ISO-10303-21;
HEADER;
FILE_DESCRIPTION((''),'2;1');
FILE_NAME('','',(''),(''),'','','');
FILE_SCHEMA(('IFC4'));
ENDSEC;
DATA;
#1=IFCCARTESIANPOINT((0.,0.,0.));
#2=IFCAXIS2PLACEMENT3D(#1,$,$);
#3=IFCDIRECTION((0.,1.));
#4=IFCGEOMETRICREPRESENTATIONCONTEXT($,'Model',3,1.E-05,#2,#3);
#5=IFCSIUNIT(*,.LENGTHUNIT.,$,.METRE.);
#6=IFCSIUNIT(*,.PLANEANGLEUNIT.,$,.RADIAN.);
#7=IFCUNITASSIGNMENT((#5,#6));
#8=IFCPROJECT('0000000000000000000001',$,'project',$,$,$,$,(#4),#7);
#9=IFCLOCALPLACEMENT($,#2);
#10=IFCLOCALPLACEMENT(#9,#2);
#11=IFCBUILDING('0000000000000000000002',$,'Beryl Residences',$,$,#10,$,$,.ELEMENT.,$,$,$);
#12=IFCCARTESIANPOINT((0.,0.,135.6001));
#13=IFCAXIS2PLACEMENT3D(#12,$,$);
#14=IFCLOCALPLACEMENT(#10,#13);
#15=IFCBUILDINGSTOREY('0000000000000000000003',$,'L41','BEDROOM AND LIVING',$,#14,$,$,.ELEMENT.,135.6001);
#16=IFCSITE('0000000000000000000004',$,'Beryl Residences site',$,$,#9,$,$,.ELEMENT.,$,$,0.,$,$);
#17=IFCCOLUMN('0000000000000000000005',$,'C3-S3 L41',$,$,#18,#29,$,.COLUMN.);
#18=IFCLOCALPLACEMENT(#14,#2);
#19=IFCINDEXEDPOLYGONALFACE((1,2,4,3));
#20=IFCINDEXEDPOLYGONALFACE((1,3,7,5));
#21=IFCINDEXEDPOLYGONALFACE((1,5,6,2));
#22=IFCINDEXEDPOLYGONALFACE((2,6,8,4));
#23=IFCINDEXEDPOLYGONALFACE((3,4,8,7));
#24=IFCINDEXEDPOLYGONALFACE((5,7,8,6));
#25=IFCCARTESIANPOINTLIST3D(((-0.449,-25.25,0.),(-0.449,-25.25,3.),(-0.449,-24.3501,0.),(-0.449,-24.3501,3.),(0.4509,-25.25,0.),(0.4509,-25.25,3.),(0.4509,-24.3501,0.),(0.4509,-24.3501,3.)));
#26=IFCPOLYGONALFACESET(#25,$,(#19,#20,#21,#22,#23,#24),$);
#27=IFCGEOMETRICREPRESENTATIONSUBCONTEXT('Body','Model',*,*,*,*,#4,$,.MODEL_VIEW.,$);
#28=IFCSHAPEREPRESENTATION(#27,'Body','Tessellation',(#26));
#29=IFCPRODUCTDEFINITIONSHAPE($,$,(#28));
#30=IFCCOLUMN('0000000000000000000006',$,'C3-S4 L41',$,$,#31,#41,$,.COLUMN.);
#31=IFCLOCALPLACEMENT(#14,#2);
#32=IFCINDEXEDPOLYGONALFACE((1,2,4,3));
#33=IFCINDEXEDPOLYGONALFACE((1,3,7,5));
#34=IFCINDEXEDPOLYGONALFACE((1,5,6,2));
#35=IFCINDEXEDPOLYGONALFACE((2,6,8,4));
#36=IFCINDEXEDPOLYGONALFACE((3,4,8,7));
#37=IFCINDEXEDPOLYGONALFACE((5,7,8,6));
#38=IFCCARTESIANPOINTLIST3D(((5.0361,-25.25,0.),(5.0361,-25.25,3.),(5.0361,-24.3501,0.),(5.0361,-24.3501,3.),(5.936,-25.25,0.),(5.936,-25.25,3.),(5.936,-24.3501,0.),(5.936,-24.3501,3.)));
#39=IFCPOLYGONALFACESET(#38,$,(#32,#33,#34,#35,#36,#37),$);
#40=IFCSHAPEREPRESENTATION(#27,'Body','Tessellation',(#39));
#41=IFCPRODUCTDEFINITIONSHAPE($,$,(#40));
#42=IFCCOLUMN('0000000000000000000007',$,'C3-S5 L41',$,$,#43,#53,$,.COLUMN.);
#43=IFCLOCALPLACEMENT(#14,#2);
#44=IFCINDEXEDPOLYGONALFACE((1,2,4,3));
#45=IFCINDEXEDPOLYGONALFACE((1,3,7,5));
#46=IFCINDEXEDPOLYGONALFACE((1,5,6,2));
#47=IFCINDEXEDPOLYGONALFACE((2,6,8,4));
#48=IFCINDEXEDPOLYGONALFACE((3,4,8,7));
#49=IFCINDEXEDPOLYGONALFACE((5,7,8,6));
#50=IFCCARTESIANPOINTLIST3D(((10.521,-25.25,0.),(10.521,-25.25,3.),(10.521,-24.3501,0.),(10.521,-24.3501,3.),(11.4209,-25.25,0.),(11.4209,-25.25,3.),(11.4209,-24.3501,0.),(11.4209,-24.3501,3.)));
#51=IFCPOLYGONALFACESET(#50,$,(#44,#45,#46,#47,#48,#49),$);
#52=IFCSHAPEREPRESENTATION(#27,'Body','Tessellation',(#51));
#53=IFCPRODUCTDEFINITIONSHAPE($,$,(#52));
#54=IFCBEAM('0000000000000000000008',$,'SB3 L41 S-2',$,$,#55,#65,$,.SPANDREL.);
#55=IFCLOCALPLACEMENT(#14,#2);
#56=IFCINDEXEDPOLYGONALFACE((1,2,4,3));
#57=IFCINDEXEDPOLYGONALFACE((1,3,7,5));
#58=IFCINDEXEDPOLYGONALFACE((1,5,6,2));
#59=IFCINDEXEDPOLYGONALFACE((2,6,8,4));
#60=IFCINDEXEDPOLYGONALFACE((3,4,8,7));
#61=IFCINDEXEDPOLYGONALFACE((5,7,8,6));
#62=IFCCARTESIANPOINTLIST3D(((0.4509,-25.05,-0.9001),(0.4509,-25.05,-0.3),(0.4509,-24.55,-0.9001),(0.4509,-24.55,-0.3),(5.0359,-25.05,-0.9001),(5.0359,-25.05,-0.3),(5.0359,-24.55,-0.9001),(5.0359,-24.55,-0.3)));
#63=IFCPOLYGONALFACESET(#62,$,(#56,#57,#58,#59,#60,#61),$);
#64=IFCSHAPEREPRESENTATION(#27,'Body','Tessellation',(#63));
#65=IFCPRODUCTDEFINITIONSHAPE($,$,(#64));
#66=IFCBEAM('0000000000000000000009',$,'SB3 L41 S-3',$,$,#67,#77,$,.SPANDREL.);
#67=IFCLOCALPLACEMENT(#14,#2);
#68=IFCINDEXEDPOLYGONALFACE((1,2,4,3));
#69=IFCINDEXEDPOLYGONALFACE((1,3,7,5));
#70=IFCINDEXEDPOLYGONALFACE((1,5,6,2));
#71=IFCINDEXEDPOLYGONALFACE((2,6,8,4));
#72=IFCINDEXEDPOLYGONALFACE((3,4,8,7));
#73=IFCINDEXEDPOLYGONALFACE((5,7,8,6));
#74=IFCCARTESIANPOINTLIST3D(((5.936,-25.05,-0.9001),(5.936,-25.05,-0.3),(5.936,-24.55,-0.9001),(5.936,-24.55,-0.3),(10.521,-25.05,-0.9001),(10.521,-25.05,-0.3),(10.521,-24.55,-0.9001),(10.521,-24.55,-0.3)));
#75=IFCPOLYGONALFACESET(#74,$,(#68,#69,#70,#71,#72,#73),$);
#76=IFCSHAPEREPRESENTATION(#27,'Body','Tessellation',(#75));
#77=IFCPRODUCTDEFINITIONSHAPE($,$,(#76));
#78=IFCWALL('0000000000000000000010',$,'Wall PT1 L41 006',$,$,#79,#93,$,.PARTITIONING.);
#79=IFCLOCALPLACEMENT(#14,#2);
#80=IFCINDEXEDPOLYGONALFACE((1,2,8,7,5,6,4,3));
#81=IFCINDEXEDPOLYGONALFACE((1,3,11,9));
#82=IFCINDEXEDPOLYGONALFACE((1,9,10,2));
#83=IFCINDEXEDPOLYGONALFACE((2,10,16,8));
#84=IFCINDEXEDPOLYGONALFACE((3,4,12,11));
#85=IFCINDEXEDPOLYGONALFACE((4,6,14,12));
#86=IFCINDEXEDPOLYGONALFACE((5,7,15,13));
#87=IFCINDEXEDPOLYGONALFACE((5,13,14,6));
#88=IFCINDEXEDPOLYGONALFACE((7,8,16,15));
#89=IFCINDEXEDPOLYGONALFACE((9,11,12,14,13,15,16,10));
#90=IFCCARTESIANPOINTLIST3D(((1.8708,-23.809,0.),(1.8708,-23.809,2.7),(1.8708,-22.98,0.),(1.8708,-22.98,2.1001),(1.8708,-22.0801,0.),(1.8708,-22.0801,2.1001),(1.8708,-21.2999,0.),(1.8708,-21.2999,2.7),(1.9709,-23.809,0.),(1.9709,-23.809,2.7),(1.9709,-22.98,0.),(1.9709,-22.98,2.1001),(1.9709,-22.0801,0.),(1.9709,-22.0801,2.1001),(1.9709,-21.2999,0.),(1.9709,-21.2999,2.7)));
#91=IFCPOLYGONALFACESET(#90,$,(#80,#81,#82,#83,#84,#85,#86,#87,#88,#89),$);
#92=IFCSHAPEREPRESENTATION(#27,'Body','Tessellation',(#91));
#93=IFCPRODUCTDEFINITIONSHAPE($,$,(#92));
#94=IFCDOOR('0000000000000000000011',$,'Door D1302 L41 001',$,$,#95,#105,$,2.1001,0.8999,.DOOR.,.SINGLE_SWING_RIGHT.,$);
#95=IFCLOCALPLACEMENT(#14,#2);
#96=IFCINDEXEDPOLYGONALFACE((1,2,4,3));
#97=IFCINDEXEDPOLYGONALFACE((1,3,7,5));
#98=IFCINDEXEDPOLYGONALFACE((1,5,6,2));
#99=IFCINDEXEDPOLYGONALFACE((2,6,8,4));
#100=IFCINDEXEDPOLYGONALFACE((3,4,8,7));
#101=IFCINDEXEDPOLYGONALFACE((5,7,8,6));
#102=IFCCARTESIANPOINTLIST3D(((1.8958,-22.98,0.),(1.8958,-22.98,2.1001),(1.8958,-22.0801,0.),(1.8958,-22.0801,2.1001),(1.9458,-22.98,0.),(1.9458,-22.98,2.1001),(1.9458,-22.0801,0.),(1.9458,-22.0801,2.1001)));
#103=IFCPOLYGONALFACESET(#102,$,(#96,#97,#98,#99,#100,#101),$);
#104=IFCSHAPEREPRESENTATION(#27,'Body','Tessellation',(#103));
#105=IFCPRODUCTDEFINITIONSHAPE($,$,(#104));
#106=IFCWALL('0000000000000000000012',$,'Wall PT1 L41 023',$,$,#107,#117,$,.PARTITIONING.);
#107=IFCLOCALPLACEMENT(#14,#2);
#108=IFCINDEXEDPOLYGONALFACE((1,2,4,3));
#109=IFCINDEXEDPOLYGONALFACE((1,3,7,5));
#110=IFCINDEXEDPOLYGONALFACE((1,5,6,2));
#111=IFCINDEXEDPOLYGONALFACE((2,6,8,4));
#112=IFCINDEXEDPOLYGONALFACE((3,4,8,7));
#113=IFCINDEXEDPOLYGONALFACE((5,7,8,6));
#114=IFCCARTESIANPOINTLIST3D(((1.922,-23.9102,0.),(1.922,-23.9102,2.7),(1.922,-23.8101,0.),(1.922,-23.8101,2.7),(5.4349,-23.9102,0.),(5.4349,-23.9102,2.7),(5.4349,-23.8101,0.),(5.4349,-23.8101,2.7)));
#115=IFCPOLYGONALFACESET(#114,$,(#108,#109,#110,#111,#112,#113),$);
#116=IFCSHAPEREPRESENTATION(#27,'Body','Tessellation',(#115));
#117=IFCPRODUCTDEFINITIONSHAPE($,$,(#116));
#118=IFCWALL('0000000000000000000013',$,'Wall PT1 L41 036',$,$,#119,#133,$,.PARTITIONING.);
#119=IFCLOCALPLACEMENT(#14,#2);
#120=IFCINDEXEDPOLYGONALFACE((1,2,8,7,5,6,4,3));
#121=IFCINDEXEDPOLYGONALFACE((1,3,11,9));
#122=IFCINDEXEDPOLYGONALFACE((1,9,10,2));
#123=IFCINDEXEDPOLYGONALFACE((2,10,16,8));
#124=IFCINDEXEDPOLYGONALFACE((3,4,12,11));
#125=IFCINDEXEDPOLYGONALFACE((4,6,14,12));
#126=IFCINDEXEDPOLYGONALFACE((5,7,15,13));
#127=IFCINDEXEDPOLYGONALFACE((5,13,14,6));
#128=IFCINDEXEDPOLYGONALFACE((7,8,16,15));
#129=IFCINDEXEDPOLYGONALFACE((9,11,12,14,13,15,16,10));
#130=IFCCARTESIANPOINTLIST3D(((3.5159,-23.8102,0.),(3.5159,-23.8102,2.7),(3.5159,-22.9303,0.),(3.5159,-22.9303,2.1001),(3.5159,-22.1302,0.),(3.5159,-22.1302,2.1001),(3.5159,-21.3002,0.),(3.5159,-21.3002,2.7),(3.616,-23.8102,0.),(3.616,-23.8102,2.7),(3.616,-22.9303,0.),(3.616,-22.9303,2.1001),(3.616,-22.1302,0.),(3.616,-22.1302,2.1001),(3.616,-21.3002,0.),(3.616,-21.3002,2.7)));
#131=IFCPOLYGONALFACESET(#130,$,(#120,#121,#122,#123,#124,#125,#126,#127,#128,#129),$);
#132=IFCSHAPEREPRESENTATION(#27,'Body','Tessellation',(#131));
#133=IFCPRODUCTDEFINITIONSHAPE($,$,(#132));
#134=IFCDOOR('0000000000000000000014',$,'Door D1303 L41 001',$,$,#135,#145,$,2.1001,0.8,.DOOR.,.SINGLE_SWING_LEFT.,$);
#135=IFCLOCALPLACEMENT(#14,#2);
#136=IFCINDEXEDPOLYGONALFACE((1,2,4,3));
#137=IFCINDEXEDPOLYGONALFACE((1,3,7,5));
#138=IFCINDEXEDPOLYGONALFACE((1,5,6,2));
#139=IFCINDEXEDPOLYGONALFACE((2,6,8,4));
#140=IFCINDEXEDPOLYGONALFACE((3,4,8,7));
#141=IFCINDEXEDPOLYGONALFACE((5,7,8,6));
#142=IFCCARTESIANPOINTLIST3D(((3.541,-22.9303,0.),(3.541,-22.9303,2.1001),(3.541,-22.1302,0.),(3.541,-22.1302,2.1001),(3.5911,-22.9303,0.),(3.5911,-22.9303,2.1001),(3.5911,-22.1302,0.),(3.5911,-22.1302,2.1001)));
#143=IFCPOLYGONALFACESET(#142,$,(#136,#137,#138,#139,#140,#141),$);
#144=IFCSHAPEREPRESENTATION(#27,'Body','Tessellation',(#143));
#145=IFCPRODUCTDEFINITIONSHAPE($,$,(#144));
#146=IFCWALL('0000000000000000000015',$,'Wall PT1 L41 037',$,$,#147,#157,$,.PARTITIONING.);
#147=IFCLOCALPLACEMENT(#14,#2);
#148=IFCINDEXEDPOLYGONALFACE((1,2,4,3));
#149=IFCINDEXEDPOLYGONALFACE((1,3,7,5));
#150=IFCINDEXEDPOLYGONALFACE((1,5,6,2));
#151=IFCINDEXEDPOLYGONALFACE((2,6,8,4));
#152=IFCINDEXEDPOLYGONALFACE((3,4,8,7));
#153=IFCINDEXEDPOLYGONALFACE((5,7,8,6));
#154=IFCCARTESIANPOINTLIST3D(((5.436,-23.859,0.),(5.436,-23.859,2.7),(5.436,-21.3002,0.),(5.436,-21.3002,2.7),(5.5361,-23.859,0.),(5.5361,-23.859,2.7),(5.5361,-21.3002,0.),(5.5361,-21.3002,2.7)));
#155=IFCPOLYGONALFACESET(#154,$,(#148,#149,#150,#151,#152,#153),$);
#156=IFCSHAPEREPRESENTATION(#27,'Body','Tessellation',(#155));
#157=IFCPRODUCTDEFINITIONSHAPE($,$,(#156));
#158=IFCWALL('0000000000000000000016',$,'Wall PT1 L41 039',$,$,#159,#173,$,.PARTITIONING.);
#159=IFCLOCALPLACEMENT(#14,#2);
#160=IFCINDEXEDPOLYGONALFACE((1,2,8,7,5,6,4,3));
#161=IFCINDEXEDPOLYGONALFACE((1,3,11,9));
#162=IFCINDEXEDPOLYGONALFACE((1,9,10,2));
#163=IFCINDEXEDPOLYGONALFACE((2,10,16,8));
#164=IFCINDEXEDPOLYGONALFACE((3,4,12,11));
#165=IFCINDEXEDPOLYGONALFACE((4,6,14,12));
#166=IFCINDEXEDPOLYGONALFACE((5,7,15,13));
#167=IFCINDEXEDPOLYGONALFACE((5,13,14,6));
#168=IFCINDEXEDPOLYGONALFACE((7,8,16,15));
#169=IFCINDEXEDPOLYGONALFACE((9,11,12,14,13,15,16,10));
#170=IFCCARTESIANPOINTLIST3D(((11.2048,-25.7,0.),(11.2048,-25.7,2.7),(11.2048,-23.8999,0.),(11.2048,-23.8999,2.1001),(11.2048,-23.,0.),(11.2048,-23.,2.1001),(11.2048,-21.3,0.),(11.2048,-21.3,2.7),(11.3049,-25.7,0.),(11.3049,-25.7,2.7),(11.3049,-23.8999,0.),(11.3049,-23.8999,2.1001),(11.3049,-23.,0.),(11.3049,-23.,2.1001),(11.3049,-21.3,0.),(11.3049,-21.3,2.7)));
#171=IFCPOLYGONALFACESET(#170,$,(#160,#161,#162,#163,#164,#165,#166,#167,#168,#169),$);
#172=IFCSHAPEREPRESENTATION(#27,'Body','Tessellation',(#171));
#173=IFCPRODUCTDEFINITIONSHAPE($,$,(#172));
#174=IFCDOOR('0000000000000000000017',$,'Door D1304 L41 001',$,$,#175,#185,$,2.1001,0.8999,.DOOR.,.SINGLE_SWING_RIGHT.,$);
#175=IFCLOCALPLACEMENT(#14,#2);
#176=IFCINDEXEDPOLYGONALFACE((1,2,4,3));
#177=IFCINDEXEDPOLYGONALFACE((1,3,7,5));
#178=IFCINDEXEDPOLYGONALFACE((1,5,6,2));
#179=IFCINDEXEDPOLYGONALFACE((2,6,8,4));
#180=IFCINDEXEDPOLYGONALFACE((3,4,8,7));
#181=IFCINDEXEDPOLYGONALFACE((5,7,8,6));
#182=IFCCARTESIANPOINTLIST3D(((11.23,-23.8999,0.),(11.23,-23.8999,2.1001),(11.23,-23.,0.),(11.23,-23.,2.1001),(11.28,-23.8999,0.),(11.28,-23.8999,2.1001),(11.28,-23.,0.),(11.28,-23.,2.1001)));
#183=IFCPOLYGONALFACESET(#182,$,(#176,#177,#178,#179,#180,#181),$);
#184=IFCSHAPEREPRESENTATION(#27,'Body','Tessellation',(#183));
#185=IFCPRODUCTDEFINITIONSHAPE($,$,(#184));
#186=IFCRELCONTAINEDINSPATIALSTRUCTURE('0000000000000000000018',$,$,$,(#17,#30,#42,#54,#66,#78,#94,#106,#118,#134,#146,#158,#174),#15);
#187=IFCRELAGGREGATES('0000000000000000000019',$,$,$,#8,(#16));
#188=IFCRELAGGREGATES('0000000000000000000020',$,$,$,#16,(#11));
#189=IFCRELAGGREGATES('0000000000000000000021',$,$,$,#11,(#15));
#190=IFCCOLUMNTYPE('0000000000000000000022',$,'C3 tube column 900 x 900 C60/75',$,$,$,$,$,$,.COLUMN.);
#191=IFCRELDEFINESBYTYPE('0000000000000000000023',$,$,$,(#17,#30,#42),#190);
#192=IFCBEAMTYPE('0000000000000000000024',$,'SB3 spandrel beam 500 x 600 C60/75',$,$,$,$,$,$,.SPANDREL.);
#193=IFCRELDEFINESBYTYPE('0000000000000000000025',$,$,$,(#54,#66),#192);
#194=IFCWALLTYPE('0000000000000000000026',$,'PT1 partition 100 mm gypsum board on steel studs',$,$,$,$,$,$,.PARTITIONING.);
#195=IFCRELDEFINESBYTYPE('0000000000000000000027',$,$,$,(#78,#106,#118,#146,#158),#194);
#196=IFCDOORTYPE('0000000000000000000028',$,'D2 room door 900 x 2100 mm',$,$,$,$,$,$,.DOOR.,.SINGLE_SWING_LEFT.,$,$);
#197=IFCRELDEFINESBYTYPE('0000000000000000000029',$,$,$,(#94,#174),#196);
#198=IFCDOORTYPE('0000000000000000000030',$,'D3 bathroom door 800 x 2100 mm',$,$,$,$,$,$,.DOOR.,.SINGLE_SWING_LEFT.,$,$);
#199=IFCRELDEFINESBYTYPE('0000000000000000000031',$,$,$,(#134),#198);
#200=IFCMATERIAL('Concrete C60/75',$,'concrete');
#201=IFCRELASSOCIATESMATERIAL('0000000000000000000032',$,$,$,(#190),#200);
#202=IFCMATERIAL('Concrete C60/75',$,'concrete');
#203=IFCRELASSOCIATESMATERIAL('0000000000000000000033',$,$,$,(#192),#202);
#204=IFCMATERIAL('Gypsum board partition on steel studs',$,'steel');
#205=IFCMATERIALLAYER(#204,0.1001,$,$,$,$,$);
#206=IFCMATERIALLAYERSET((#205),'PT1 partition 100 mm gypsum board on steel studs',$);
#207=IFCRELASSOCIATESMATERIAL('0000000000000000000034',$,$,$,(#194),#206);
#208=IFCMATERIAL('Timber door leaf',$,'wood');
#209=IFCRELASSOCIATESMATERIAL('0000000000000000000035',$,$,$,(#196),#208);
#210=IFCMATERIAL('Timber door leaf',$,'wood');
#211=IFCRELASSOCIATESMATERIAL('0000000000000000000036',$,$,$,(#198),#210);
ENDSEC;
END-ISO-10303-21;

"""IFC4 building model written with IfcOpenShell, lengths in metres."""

from ifc_helpers import new_model, si_unit, direction, frame, frame_2d, origin, origin_2d, place, context, subcontext, project, spatial, rectangle, extrude, material, layer, layer_set, material_profile, profile_set, type_object, element, fill, save


model = new_model("IFC4")

# Units and contexts
model_context = context("Model", 3, precision=1e-05, world=origin(), true_north=direction((0.0, 1.0)))
body_context = subcontext(model_context, "Body", "Model", "MODEL_VIEW")
ifc_project = project(units=[si_unit("LENGTHUNIT", "METRE"), si_unit("PLANEANGLEUNIT", "RADIAN")], contexts=[model_context])

# Site, building, storey
site_placement = place(None, origin())
site = spatial("IfcSite", under=ifc_project, at=site_placement, Name="Beryl Residences site", CompositionType="ELEMENT", RefElevation=0.0)
building_placement = place(site_placement, origin())
building = spatial("IfcBuilding", under=site, at=building_placement, Name="Beryl Residences", CompositionType="ELEMENT")
storey_placement = place(building_placement, frame((0.0, 0.0, 135.6001)))
storey = spatial("IfcBuildingStorey", under=building, at=storey_placement, Name="L41", Description="BEDROOM AND LIVING", CompositionType="ELEMENT", Elevation=135.6001)

# Columns
ifc_material_1 = material(Name="Concrete C60/75", Category="concrete")
ifc_material_profile_1 = material_profile(ifc_material_1, rectangle(XDim=0.8999, YDim=0.8999, at=origin_2d()))
ifc_profile_set_1 = profile_set([ifc_material_profile_1], Name="Concrete C60/75")
column_type = type_object("IfcColumnType", Name="C3 tube column 900 x 900 C60/75", PredefinedType="COLUMN", material=ifc_profile_set_1)
for number, where, z_axis, x_axis, name in (
    (1, (0.001, -24.8, 0.0), (0.0, 0.0, 1.0), (1.0, 0.0, 0.0), "C3-S3 L41"),
    (2, (5.4861, -24.8, 0.0), (0.0, 0.0, 1.0), (1.0, 0.0, 0.0), "C3-S4 L41"),
    (3, (10.9709, -24.8, 0.0), (0.0, 0.0, 1.0), (1.0, 0.0, 0.0), "C3-S5 L41"),
):
    element("IfcColumn", number, at=place(storey_placement, frame(where, z_axis=z_axis, x_axis=x_axis)), inside=storey, type_object=column_type, Name=name, PredefinedType="COLUMN", context=body_context, shape_type="SweptSolid", body=[
        extrude(rectangle(XDim=0.8999, YDim=0.8999, at=origin_2d()), origin(), (0.0, 0.0, 1.0), 3.0),
    ])

# Beams
ifc_material_2 = material(Name="Concrete C60/75", Category="concrete")
ifc_material_profile_2 = material_profile(ifc_material_2, rectangle(XDim=0.5, YDim=0.6001, at=origin_2d()))
ifc_profile_set_2 = profile_set([ifc_material_profile_2], Name="Concrete C60/75")
beam_type = type_object("IfcBeamType", Name="SB3 spandrel beam 500 x 600 C60/75", PredefinedType="SPANDREL", material=ifc_profile_set_2)
for number, where, z_axis, x_axis, name in (
    (4, (0.4509, -24.8, -0.6001), (1.0, 0.0, 0.0), (0.0, 1.0, 0.0), "SB3 L41 S-2"),
    (5, (5.936, -24.8, -0.6001), (1.0, 0.0, 0.0), (0.0, 1.0, 0.0), "SB3 L41 S-3"),
):
    element("IfcBeam", number, at=place(storey_placement, frame(where, z_axis=z_axis, x_axis=x_axis)), inside=storey, type_object=beam_type, Name=name, PredefinedType="SPANDREL", context=body_context, shape_type="SweptSolid", body=[
        extrude(rectangle(XDim=0.5, YDim=0.6001, at=origin_2d()), origin(), (0.0, 0.0, 1.0), 4.585),
    ])

# Wall, opening, door
ifc_material_3 = material(Name="Gypsum board partition on steel studs", Category="steel")
ifc_layer_1 = layer(ifc_material_3, 0.1001)
ifc_layer_set_1 = layer_set([ifc_layer_1], Name="PT1 partition 100 mm gypsum board on steel studs")
wall_type_1 = type_object("IfcWallType", Name="PT1 partition 100 mm gypsum board on steel studs", PredefinedType="PARTITIONING", material=ifc_layer_set_1)
wall_1_placement = place(storey_placement, frame((1.9209, -21.3, 0.0), z_axis=(0.0, 0.0, 1.0), x_axis=(0.0, -1.0, 0.0)))
wall_1 = element("IfcWall", 6, at=wall_1_placement, inside=storey, type_object=wall_type_1, Name="Wall PT1 L41 006", PredefinedType="PARTITIONING", context=body_context, shape_type="SweptSolid", body=[
    extrude(rectangle(XDim=2.509, YDim=0.1001, at=frame_2d((1.2544, 0.0))), origin(), (0.0, 0.0, 1.0), 2.7),
])
opening_1_placement = place(wall_1_placement, frame((0.78, 0.0, 0.0)))
opening_1 = element("IfcOpeningElement", 7, at=opening_1_placement, cuts=wall_1, PredefinedType="OPENING", context=body_context, shape_type="SweptSolid", body=[
    extrude(rectangle(XDim=0.8999, YDim=2.1001, at=frame_2d((0.45, 1.05))), frame((0.0, 0.0601, 0.0), z_axis=(0.0, -1.0, 0.0), x_axis=(1.0, 0.0, 0.0)), (0.0, 0.0, 1.0), 0.1201),
])
ifc_material_4 = material(Name="Timber door leaf", Category="wood")
door_type_1 = type_object("IfcDoorType", Name="D2 room door 900 x 2100 mm", OperationType="SINGLE_SWING_LEFT", PredefinedType="DOOR", material=ifc_material_4)
door_1_placement = place(opening_1_placement, origin())
door_1 = element("IfcDoor", 8, at=door_1_placement, inside=storey, type_object=door_type_1, Name="Door D1302 L41 001", OperationType="SINGLE_SWING_RIGHT", OverallHeight=2.1001, OverallWidth=0.8999, PredefinedType="DOOR", context=body_context, shape_type="SweptSolid", body=[
    extrude(rectangle(XDim=0.8999, YDim=2.1001, at=frame_2d((0.45, 1.05))), frame((0.0, 0.0249, 0.0), z_axis=(0.0, -1.0, 0.0), x_axis=(1.0, 0.0, 0.0)), (0.0, 0.0, 1.0), 0.05),
])
fill(opening_1, door_1)

# Wall
wall_2_placement = place(storey_placement, frame((1.9221, -23.8601, 0.0), z_axis=(0.0, 0.0, 1.0), x_axis=(1.0, 0.0, 0.0)))
element("IfcWall", 9, at=wall_2_placement, inside=storey, type_object=wall_type_1, Name="Wall PT1 L41 023", PredefinedType="PARTITIONING", context=body_context, shape_type="SweptSolid", body=[
    extrude(rectangle(XDim=3.5129, YDim=0.1001, at=frame_2d((1.7563, 0.0))), origin(), (0.0, 0.0, 1.0), 2.7),
])

# Wall, opening, door
wall_3_placement = place(storey_placement, frame((3.5659, -23.8101, 0.0), z_axis=(0.0, 0.0, 1.0), x_axis=(0.0, 1.0, 0.0)))
wall_3 = element("IfcWall", 10, at=wall_3_placement, inside=storey, type_object=wall_type_1, Name="Wall PT1 L41 036", PredefinedType="PARTITIONING", context=body_context, shape_type="SweptSolid", body=[
    extrude(rectangle(XDim=2.51, YDim=0.1001, at=frame_2d((1.2549, 0.0))), origin(), (0.0, 0.0, 1.0), 2.7),
])
opening_2_placement = place(wall_3_placement, frame((0.8799, 0.0, 0.0)))
opening_2 = element("IfcOpeningElement", 11, at=opening_2_placement, cuts=wall_3, PredefinedType="OPENING", context=body_context, shape_type="SweptSolid", body=[
    extrude(rectangle(XDim=0.8, YDim=2.1001, at=frame_2d((0.3999, 1.05))), frame((0.0, 0.0601, 0.0), z_axis=(0.0, -1.0, 0.0), x_axis=(1.0, 0.0, 0.0)), (0.0, 0.0, 1.0), 0.1201),
])
ifc_material_5 = material(Name="Timber door leaf", Category="wood")
door_type_2 = type_object("IfcDoorType", Name="D3 bathroom door 800 x 2100 mm", OperationType="SINGLE_SWING_LEFT", PredefinedType="DOOR", material=ifc_material_5)
door_2_placement = place(opening_2_placement, origin())
door_2 = element("IfcDoor", 12, at=door_2_placement, inside=storey, type_object=door_type_2, Name="Door D1303 L41 001", OperationType="SINGLE_SWING_LEFT", OverallHeight=2.1001, OverallWidth=0.8, PredefinedType="DOOR", context=body_context, shape_type="SweptSolid", body=[
    extrude(rectangle(XDim=0.8, YDim=2.1001, at=frame_2d((0.3999, 1.05))), frame((0.0, 0.0249, 0.0), z_axis=(0.0, -1.0, 0.0), x_axis=(1.0, 0.0, 0.0)), (0.0, 0.0, 1.0), 0.05),
])
fill(opening_2, door_2)

# Wall
wall_4_placement = place(storey_placement, frame((5.4861, -23.8589, 0.0), z_axis=(0.0, 0.0, 1.0), x_axis=(0.0, 1.0, 0.0)))
element("IfcWall", 13, at=wall_4_placement, inside=storey, type_object=wall_type_1, Name="Wall PT1 L41 037", PredefinedType="PARTITIONING", context=body_context, shape_type="SweptSolid", body=[
    extrude(rectangle(XDim=2.5588, YDim=0.1001, at=frame_2d((1.2793, 0.0))), origin(), (0.0, 0.0, 1.0), 2.7),
])

# Wall, opening, door
wall_5_placement = place(storey_placement, frame((11.2549, -25.7, 0.0), z_axis=(0.0, 0.0, 1.0), x_axis=(0.0, 1.0, 0.0)))
wall_5 = element("IfcWall", 14, at=wall_5_placement, inside=storey, type_object=wall_type_1, Name="Wall PT1 L41 039", PredefinedType="PARTITIONING", context=body_context, shape_type="SweptSolid", body=[
    extrude(rectangle(XDim=4.3999, YDim=0.1001, at=frame_2d((2.2, 0.0))), origin(), (0.0, 0.0, 1.0), 2.7),
])
opening_3_placement = place(wall_5_placement, frame((1.8, 0.0, 0.0)))
opening_3 = element("IfcOpeningElement", 15, at=opening_3_placement, cuts=wall_5, PredefinedType="OPENING", context=body_context, shape_type="SweptSolid", body=[
    extrude(rectangle(XDim=0.8999, YDim=2.1001, at=frame_2d((0.45, 1.05))), frame((0.0, 0.0601, 0.0), z_axis=(0.0, -1.0, 0.0), x_axis=(1.0, 0.0, 0.0)), (0.0, 0.0, 1.0), 0.1201),
])
door_3_placement = place(opening_3_placement, origin())
door_3 = element("IfcDoor", 16, at=door_3_placement, inside=storey, type_object=door_type_1, Name="Door D1304 L41 001", OperationType="SINGLE_SWING_RIGHT", OverallHeight=2.1001, OverallWidth=0.8999, PredefinedType="DOOR", context=body_context, shape_type="SweptSolid", body=[
    extrude(rectangle(XDim=0.8999, YDim=2.1001, at=frame_2d((0.45, 1.05))), frame((0.0, 0.0249, 0.0), z_axis=(0.0, -1.0, 0.0), x_axis=(1.0, 0.0, 0.0)), (0.0, 0.0, 1.0), 0.05),
])
fill(opening_3, door_3)

save(model, "model.ifc")
